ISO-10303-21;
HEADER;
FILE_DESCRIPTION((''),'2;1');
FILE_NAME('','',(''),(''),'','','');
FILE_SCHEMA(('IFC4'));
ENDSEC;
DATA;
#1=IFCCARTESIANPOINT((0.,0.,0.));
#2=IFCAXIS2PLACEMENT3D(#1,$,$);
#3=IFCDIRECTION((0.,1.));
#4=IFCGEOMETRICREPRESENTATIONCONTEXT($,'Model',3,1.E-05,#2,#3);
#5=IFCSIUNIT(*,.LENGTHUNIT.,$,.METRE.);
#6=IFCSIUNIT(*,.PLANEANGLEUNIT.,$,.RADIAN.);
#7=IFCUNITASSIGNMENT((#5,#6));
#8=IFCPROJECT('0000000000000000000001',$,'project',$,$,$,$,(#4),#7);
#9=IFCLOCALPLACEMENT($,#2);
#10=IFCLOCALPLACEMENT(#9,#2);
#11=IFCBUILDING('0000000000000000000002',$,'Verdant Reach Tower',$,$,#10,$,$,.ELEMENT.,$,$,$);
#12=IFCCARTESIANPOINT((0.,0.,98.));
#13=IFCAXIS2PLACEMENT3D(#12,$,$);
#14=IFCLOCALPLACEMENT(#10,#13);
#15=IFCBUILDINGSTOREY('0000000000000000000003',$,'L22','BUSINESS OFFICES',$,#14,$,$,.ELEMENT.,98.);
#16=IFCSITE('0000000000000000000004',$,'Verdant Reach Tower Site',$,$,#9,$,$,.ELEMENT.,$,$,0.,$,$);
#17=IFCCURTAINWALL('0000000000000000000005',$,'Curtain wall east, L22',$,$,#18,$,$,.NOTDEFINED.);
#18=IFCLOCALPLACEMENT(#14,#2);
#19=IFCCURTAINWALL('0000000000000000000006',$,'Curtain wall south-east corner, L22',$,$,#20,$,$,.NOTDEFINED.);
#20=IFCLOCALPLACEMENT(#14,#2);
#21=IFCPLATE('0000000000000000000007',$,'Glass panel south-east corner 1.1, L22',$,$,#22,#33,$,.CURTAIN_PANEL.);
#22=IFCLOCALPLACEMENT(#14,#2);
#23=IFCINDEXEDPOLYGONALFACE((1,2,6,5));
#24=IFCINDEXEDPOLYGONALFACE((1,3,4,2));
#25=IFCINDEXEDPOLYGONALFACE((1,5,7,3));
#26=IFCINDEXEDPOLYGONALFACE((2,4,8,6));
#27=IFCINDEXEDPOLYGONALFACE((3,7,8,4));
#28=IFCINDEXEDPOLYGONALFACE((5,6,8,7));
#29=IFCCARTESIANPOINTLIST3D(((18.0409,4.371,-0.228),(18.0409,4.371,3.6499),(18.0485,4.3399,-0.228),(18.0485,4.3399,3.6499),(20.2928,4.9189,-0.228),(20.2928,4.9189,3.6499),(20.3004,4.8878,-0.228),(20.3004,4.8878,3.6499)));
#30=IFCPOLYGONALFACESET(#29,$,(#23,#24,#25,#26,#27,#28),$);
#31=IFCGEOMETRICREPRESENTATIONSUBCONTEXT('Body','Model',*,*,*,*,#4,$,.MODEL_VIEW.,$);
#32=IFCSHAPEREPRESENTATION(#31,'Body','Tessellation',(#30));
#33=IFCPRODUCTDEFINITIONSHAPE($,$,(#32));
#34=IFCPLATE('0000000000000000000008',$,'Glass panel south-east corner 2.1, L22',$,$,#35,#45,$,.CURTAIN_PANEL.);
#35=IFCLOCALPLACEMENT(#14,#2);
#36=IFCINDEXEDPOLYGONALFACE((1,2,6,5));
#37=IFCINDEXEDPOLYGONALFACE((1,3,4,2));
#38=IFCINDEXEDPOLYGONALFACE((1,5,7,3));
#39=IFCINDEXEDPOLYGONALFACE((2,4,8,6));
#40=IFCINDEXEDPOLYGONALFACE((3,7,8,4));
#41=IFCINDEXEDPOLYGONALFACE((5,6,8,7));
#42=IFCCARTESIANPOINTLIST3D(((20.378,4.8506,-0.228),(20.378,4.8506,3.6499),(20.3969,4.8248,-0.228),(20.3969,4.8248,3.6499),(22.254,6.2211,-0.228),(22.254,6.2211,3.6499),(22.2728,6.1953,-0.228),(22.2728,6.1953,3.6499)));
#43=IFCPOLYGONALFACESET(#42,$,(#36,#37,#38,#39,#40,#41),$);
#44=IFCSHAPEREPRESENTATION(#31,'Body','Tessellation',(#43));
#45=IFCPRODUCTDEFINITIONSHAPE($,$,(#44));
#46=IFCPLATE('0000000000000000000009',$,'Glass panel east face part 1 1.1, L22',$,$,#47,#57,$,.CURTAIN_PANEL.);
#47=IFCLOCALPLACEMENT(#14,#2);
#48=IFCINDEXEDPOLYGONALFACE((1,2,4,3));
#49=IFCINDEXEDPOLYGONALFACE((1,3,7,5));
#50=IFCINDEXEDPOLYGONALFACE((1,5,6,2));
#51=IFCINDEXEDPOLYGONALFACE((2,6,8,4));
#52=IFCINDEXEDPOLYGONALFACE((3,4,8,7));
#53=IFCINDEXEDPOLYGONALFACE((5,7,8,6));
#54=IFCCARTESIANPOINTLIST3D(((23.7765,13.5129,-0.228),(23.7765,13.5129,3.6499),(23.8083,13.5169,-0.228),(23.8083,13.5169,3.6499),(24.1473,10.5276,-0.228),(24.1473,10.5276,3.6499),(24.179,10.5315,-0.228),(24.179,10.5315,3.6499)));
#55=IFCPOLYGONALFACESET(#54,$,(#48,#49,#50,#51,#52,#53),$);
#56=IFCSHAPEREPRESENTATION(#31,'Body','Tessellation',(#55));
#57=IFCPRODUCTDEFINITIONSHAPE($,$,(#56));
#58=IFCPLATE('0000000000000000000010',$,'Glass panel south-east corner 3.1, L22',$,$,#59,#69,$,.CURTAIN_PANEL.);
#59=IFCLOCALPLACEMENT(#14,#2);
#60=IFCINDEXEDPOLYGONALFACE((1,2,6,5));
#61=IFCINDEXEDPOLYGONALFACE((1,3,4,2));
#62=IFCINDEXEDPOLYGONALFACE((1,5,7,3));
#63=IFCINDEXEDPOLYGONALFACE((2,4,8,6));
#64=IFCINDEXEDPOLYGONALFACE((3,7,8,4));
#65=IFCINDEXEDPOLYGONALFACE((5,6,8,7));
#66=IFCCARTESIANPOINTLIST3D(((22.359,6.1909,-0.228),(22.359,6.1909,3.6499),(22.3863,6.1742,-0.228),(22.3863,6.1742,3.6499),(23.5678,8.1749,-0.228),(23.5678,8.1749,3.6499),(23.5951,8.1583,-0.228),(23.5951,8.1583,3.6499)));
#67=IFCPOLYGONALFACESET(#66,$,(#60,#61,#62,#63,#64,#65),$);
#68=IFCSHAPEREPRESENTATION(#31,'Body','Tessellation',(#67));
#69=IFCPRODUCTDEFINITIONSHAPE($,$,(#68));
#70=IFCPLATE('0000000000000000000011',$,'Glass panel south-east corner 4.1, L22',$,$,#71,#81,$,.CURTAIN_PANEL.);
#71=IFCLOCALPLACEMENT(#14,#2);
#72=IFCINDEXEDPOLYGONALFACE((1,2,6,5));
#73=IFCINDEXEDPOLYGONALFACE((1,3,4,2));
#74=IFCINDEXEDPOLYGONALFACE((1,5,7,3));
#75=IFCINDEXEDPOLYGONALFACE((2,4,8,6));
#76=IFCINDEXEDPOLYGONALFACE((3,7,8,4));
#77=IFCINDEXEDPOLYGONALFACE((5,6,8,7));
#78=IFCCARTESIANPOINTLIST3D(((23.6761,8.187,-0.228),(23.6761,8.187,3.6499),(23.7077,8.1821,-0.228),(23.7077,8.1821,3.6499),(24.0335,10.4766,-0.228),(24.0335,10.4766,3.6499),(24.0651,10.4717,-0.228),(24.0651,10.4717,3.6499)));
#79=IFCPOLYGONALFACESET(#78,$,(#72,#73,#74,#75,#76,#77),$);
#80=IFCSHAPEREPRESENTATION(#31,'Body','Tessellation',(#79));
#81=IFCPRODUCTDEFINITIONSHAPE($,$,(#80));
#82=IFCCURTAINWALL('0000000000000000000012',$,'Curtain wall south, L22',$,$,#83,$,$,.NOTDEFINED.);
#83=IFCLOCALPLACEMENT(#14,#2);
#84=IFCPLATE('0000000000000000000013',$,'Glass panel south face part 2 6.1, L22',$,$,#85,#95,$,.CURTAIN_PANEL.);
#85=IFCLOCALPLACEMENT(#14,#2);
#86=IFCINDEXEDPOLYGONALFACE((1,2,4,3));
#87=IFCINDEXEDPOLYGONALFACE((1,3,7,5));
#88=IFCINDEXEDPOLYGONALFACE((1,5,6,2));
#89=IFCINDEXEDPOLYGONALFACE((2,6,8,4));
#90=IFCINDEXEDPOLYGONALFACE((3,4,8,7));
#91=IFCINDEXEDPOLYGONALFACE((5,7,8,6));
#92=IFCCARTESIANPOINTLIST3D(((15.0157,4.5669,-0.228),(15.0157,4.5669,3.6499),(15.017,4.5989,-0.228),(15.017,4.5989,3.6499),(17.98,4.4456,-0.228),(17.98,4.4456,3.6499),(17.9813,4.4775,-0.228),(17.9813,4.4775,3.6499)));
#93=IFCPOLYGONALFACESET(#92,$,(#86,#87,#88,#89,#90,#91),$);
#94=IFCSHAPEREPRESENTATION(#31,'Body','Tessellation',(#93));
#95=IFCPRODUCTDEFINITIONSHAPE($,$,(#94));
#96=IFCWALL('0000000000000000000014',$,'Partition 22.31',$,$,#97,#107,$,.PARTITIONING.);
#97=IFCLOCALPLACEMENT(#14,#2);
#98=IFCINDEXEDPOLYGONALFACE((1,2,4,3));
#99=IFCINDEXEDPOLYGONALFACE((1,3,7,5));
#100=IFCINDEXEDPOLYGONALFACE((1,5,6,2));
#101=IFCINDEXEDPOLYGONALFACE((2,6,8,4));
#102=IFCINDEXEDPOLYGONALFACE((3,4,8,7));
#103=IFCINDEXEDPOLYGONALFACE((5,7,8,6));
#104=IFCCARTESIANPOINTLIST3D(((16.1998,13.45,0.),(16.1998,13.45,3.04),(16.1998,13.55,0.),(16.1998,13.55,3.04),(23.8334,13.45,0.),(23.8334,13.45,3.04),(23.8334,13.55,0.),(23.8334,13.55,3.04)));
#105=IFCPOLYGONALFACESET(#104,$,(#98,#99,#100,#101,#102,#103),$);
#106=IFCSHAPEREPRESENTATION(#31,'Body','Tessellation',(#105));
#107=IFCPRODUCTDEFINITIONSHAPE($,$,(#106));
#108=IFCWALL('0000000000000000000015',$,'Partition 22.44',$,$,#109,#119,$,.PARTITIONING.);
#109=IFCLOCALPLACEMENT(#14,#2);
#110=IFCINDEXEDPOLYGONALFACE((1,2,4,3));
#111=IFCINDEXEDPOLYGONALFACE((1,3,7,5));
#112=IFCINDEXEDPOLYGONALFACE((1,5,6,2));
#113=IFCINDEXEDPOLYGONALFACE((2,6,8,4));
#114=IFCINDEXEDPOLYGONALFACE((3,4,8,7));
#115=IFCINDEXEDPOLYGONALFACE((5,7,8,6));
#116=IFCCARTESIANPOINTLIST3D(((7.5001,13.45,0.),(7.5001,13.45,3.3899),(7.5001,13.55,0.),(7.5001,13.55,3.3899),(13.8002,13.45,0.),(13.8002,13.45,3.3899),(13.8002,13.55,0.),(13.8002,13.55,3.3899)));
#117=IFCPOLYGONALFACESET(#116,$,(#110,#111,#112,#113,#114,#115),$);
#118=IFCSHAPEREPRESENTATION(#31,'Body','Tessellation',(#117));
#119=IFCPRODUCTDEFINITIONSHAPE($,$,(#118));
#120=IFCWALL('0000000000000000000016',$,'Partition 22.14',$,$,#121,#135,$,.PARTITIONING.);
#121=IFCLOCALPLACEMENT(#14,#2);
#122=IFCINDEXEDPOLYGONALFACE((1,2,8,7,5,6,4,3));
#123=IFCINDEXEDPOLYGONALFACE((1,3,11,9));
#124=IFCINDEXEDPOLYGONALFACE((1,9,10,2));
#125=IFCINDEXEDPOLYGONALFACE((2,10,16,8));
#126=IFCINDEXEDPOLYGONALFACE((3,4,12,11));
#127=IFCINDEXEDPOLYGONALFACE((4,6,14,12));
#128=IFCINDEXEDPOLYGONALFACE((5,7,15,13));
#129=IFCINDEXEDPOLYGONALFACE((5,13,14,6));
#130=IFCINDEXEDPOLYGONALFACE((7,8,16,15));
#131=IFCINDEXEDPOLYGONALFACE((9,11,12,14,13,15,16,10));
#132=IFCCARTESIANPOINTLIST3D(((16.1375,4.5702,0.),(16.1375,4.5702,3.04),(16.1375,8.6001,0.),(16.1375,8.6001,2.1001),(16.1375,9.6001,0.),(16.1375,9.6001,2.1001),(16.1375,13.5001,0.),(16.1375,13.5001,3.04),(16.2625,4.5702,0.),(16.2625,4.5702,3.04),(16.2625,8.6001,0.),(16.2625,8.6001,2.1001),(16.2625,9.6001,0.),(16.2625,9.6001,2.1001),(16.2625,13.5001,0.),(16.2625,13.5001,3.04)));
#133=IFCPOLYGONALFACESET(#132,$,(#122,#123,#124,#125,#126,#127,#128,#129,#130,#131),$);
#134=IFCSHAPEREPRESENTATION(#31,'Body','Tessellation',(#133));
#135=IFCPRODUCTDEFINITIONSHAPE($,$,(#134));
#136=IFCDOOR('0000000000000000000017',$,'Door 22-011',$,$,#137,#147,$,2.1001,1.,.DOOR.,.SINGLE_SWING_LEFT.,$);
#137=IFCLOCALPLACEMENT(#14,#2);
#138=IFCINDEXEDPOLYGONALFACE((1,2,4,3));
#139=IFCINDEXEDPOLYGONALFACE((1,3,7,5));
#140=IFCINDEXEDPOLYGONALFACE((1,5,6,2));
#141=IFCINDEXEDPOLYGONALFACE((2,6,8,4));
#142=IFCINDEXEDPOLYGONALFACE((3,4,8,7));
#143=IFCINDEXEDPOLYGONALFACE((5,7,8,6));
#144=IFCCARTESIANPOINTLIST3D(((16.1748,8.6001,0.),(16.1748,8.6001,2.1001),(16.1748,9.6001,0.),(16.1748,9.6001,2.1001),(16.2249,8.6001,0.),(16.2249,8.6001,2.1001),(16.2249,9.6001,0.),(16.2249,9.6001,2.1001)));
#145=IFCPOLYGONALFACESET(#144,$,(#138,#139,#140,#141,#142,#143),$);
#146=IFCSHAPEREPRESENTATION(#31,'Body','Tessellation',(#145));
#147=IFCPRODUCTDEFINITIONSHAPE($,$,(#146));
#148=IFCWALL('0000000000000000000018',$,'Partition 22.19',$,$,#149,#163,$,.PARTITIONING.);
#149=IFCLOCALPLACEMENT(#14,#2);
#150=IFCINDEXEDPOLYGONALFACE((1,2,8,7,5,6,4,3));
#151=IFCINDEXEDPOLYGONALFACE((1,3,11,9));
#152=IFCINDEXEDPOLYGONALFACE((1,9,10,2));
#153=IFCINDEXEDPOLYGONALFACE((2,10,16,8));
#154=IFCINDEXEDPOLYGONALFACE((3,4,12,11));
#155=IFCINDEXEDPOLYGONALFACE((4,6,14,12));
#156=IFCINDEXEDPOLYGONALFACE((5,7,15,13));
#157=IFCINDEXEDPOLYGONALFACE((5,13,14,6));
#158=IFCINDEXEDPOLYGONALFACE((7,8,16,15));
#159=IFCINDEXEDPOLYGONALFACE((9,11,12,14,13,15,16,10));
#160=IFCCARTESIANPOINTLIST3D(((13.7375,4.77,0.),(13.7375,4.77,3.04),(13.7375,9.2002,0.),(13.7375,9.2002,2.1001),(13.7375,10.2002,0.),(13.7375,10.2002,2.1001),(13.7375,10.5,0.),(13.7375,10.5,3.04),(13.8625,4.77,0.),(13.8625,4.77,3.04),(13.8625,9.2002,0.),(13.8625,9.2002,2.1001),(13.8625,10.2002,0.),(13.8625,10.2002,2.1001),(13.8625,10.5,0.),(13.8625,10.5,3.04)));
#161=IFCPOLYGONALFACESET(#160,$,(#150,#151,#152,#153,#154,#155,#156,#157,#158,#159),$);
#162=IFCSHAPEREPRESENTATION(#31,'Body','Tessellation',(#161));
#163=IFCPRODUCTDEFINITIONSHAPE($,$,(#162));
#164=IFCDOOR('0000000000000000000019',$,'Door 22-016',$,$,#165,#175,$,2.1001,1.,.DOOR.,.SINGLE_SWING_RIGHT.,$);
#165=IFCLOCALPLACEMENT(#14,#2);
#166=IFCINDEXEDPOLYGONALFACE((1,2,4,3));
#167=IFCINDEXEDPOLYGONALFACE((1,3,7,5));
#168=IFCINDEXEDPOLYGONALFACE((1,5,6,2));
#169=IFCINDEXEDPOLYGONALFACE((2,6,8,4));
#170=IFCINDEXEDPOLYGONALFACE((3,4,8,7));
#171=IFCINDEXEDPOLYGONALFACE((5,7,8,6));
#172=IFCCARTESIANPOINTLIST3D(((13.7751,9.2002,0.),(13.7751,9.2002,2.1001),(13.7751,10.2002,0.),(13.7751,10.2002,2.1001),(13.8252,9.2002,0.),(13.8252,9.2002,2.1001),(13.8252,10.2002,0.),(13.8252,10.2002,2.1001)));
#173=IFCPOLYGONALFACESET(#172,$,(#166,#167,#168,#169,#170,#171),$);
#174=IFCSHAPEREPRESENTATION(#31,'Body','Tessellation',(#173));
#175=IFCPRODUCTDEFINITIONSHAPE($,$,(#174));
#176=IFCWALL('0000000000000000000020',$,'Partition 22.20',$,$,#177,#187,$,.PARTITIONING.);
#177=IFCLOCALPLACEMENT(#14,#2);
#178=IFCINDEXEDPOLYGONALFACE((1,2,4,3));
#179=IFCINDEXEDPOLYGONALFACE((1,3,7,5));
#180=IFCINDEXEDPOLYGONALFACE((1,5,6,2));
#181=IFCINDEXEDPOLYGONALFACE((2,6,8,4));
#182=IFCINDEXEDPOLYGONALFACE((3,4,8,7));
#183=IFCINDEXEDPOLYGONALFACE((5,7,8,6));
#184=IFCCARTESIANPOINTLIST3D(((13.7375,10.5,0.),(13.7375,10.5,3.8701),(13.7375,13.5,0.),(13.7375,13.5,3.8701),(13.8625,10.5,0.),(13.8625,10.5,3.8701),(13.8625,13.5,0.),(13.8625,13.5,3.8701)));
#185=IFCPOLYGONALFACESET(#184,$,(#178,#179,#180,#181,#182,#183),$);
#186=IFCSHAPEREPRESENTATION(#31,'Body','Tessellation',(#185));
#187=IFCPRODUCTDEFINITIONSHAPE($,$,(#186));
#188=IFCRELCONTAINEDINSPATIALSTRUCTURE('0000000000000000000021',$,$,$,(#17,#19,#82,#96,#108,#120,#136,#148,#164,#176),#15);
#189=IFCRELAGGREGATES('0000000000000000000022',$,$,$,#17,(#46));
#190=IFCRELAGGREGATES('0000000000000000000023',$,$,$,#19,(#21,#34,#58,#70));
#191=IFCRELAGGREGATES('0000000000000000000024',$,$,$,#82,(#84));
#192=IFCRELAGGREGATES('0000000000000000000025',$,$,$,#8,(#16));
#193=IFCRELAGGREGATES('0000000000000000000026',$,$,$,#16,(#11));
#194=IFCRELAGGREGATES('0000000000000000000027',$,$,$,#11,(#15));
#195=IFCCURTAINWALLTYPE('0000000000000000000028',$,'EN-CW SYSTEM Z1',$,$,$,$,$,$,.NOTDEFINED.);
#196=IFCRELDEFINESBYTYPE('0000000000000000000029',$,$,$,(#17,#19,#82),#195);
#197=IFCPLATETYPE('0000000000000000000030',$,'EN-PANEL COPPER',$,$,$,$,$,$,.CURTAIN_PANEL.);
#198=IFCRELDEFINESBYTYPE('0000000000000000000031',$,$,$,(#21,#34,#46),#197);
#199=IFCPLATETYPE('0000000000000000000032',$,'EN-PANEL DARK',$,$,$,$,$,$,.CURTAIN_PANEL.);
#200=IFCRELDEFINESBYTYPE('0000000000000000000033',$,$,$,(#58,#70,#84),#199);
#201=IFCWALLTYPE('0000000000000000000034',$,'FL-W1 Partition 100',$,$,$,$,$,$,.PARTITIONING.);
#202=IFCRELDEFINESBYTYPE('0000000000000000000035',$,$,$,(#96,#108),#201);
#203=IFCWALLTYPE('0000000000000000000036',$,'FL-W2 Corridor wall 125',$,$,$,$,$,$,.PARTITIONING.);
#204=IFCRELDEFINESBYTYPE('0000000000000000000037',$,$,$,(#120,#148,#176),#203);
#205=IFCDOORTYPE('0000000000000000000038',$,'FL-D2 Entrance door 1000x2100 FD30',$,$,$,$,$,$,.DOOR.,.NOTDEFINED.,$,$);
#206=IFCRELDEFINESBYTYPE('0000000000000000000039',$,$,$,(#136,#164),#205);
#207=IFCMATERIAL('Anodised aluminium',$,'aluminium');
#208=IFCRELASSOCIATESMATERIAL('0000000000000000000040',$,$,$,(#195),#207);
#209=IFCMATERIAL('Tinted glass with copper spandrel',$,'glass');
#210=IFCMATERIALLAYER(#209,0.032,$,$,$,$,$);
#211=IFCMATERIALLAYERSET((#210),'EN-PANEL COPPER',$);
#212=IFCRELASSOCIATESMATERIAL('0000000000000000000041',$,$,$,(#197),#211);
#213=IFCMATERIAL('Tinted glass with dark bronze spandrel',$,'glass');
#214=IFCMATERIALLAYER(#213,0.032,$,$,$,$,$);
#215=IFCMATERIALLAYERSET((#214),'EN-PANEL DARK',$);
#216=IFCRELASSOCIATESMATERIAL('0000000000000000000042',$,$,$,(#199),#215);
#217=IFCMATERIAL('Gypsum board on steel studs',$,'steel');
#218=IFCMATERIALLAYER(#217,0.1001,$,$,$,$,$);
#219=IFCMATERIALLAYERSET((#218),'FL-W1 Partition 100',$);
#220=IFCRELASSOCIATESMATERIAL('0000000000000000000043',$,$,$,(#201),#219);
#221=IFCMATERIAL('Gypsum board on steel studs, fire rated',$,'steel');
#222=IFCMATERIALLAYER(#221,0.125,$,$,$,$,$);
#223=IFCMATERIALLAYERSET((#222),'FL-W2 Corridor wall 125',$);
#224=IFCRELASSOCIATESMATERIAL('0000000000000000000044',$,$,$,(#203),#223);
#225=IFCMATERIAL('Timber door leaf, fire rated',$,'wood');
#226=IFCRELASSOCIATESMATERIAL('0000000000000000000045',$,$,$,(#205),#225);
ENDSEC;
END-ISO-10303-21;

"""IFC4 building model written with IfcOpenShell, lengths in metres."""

from ifc_helpers import new_model, si_unit, direction, frame, frame_2d, origin, origin_2d, place, context, subcontext, project, spatial, rectangle, extrude, material, layer, layer_set, type_object, element, fill, aggregate, save


model = new_model("IFC4")

# Units and contexts
model_context = context("Model", 3, precision=1e-05, world=origin(), true_north=direction((0.0, 1.0)))
body_context = subcontext(model_context, "Body", "Model", "MODEL_VIEW")
ifc_project = project(units=[si_unit("LENGTHUNIT", "METRE"), si_unit("PLANEANGLEUNIT", "RADIAN")], contexts=[model_context])

# Site, building, storey
site_placement = place(None, origin())
site = spatial("IfcSite", under=ifc_project, at=site_placement, Name="Verdant Reach Tower Site", CompositionType="ELEMENT", RefElevation=0.0)
building_placement = place(site_placement, origin())
building = spatial("IfcBuilding", under=site, at=building_placement, Name="Verdant Reach Tower", CompositionType="ELEMENT")
storey_placement = place(building_placement, frame((0.0, 0.0, 98.0)))
storey = spatial("IfcBuildingStorey", under=building, at=storey_placement, Name="L22", Description="BUSINESS OFFICES", CompositionType="ELEMENT", Elevation=98.0)

# Curtain wall
ifc_material_1 = material(Name="Anodised aluminium", Category="aluminium")
curtain_wall_type = type_object("IfcCurtainWallType", Name="EN-CW SYSTEM Z1", PredefinedType="NOTDEFINED", material=ifc_material_1)
curtain_wall_1_placement = place(storey_placement, origin())
curtain_wall_1 = element("IfcCurtainWall", 1, at=curtain_wall_1_placement, inside=storey, type_object=curtain_wall_type, Name="Curtain wall east, L22", PredefinedType="NOTDEFINED")

# Curtain wall, plates
curtain_wall_2_placement = place(storey_placement, origin())
curtain_wall_2 = element("IfcCurtainWall", 2, at=curtain_wall_2_placement, inside=storey, type_object=curtain_wall_type, Name="Curtain wall south-east corner, L22", PredefinedType="NOTDEFINED")
ifc_material_2 = material(Name="Tinted glass with copper spandrel", Category="glass")
ifc_layer_1 = layer(ifc_material_2, 0.032)
ifc_layer_set_1 = layer_set([ifc_layer_1], Name="EN-PANEL COPPER")
plate_type_1 = type_object("IfcPlateType", Name="EN-PANEL COPPER", PredefinedType="CURTAIN_PANEL", material=ifc_layer_set_1)
plate_1_placement = place(storey_placement, frame((19.1707, 4.6294, -0.228), z_axis=(0.0, 0.0, 1.0), x_axis=(0.971661, 0.23638, 0.0)))
plate_1 = element("IfcPlate", 3, at=plate_1_placement, type_object=plate_type_1, Name="Glass panel south-east corner 1.1, L22", PredefinedType="CURTAIN_PANEL", context=body_context, shape_type="SweptSolid", body=[
    extrude(rectangle(XDim=2.3176, YDim=0.032, at=origin_2d()), origin(), (0.0, 0.0, 1.0), 3.8779),
])
plate_2_placement = place(storey_placement, frame((21.3254, 5.5229, -0.228), z_axis=(0.0, 0.0, 1.0), x_axis=(0.807457, 0.589927, 0.0)))
plate_2 = element("IfcPlate", 4, at=plate_2_placement, type_object=plate_type_1, Name="Glass panel south-east corner 2.1, L22", PredefinedType="CURTAIN_PANEL", context=body_context, shape_type="SweptSolid", body=[
    extrude(rectangle(XDim=2.3232, YDim=0.032, at=origin_2d()), origin(), (0.0, 0.0, 1.0), 3.8779),
])

# Plates
plate_3_placement = place(storey_placement, frame((23.9778, 12.0222, -0.228), z_axis=(0.0, 0.0, 1.0), x_axis=(-0.123256, 0.992375, 0.0)))
plate_3 = element("IfcPlate", 5, at=plate_3_placement, type_object=plate_type_1, Name="Glass panel east face part 1 1.1, L22", PredefinedType="CURTAIN_PANEL", context=body_context, shape_type="SweptSolid", body=[
    extrude(rectangle(XDim=3.0083, YDim=0.032, at=origin_2d()), origin(), (0.0, 0.0, 1.0), 3.8779),
])
aggregate(curtain_wall_1, [plate_3])
ifc_material_3 = material(Name="Tinted glass with dark bronze spandrel", Category="glass")
ifc_layer_2 = layer(ifc_material_3, 0.032)
ifc_layer_set_2 = layer_set([ifc_layer_2], Name="EN-PANEL DARK")
plate_type_2 = type_object("IfcPlateType", Name="EN-PANEL DARK", PredefinedType="CURTAIN_PANEL", material=ifc_layer_set_2)
plate_4_placement = place(storey_placement, frame((22.9771, 7.1746, -0.228), z_axis=(0.0, 0.0, 1.0), x_axis=(0.520292, 0.853989, 0.0)))
plate_4 = element("IfcPlate", 6, at=plate_4_placement, type_object=plate_type_2, Name="Glass panel south-east corner 3.1, L22", PredefinedType="CURTAIN_PANEL", context=body_context, shape_type="SweptSolid", body=[
    extrude(rectangle(XDim=2.3232, YDim=0.032, at=origin_2d()), origin(), (0.0, 0.0, 1.0), 3.8779),
])
plate_5_placement = place(storey_placement, frame((23.8706, 9.3293, -0.228), z_axis=(0.0, 0.0, 1.0), x_axis=(0.154248, 0.988032, 0.0)))
plate_5 = element("IfcPlate", 7, at=plate_5_placement, type_object=plate_type_2, Name="Glass panel south-east corner 4.1, L22", PredefinedType="CURTAIN_PANEL", context=body_context, shape_type="SweptSolid", body=[
    extrude(rectangle(XDim=2.3174, YDim=0.032, at=origin_2d()), origin(), (0.0, 0.0, 1.0), 3.8779),
])
aggregate(curtain_wall_2, [plate_1, plate_2, plate_4, plate_5])

# Curtain wall, plate
curtain_wall_3_placement = place(storey_placement, origin())
curtain_wall_3 = element("IfcCurtainWall", 8, at=curtain_wall_3_placement, inside=storey, type_object=curtain_wall_type, Name="Curtain wall south, L22", PredefinedType="NOTDEFINED")
plate_6_placement = place(storey_placement, frame((16.4985, 4.5222, -0.228), z_axis=(0.0, 0.0, 1.0), x_axis=(0.999163, -0.04091, 0.0)))
plate_6 = element("IfcPlate", 9, at=plate_6_placement, type_object=plate_type_2, Name="Glass panel south face part 2 6.1, L22", PredefinedType="CURTAIN_PANEL", context=body_context, shape_type="SweptSolid", body=[
    extrude(rectangle(XDim=2.9668, YDim=0.032, at=origin_2d()), origin(), (0.0, 0.0, 1.0), 3.8779),
])
aggregate(curtain_wall_3, [plate_6])

# Walls
ifc_material_4 = material(Name="Gypsum board on steel studs", Category="steel")
ifc_layer_3 = layer(ifc_material_4, 0.1001)
ifc_layer_set_3 = layer_set([ifc_layer_3], Name="FL-W1 Partition 100")
wall_type_1 = type_object("IfcWallType", Name="FL-W1 Partition 100", PredefinedType="PARTITIONING", material=ifc_layer_set_3)
wall_1_placement = place(storey_placement, frame((23.8335, 13.5, 0.0), z_axis=(0.0, 0.0, 1.0), x_axis=(-1.0, 0.0, 0.0)))
element("IfcWall", 10, at=wall_1_placement, inside=storey, type_object=wall_type_1, Name="Partition 22.31", PredefinedType="PARTITIONING", context=body_context, shape_type="SweptSolid", body=[
    extrude(rectangle(XDim=7.6335, YDim=0.1001, at=frame_2d((3.8169, 0.0))), origin(), (0.0, 0.0, 1.0), 3.04),
])
wall_2_placement = place(storey_placement, frame((13.8, 13.5, 0.0), z_axis=(0.0, 0.0, 1.0), x_axis=(-1.0, 0.0, 0.0)))
element("IfcWall", 11, at=wall_2_placement, inside=storey, type_object=wall_type_1, Name="Partition 22.44", PredefinedType="PARTITIONING", context=body_context, shape_type="SweptSolid", body=[
    extrude(rectangle(XDim=6.3, YDim=0.1001, at=frame_2d((3.1499, 0.0))), origin(), (0.0, 0.0, 1.0), 3.3899),
])

# Walls, openings, doors
ifc_material_5 = material(Name="Gypsum board on steel studs, fire rated", Category="steel")
ifc_layer_4 = layer(ifc_material_5, 0.125)
ifc_layer_set_4 = layer_set([ifc_layer_4], Name="FL-W2 Corridor wall 125")
wall_type_2 = type_object("IfcWallType", Name="FL-W2 Corridor wall 125", PredefinedType="PARTITIONING", material=ifc_layer_set_4)
wall_3_placement = place(storey_placement, frame((16.2, 13.5, 0.0), z_axis=(0.0, 0.0, 1.0), x_axis=(0.0, -1.0, 0.0)))
wall_3 = element("IfcWall", 12, at=wall_3_placement, inside=storey, type_object=wall_type_2, Name="Partition 22.14", PredefinedType="PARTITIONING", context=body_context, shape_type="SweptSolid", body=[
    extrude(rectangle(XDim=8.9299, YDim=0.125, at=frame_2d((4.4648, 0.0))), origin(), (0.0, 0.0, 1.0), 3.04),
])
opening_1_placement = place(wall_3_placement, frame((3.8999, 0.0, 0.0)))
opening_1 = element("IfcOpeningElement", 13, at=opening_1_placement, cuts=wall_3, PredefinedType="OPENING", context=body_context, shape_type="SweptSolid", body=[
    extrude(rectangle(XDim=1.0, YDim=2.1001, at=frame_2d((0.5, 1.05))), frame((0.0, 0.0725, 0.0), z_axis=(0.0, -1.0, 0.0), x_axis=(1.0, 0.0, 0.0)), (0.0, 0.0, 1.0), 0.145),
])
ifc_material_6 = material(Name="Timber door leaf, fire rated", Category="wood")
door_type = type_object("IfcDoorType", Name="FL-D2 Entrance door 1000x2100 FD30", OperationType="NOTDEFINED", PredefinedType="DOOR", material=ifc_material_6)
door_1_placement = place(opening_1_placement, origin())
door_1 = element("IfcDoor", 14, at=door_1_placement, inside=storey, type_object=door_type, Name="Door 22-011", OperationType="SINGLE_SWING_LEFT", OverallHeight=2.1001, OverallWidth=1.0, PredefinedType="DOOR", context=body_context, shape_type="SweptSolid", body=[
    extrude(rectangle(XDim=1.0, YDim=2.1001, at=frame_2d((0.5, 1.05))), frame((0.0, 0.0249, 0.0), z_axis=(0.0, -1.0, 0.0), x_axis=(1.0, 0.0, 0.0)), (0.0, 0.0, 1.0), 0.05),
])
fill(opening_1, door_1)
wall_4_placement = place(storey_placement, frame((13.8, 4.77, 0.0), z_axis=(0.0, 0.0, 1.0), x_axis=(0.0, 1.0, 0.0)))
wall_4 = element("IfcWall", 15, at=wall_4_placement, inside=storey, type_object=wall_type_2, Name="Partition 22.19", PredefinedType="PARTITIONING", context=body_context, shape_type="SweptSolid", body=[
    extrude(rectangle(XDim=5.73, YDim=0.125, at=frame_2d((2.865, 0.0))), origin(), (0.0, 0.0, 1.0), 3.04),
])
opening_2_placement = place(wall_4_placement, frame((4.4302, 0.0, 0.0)))
opening_2 = element("IfcOpeningElement", 16, at=opening_2_placement, cuts=wall_4, PredefinedType="OPENING", context=body_context, shape_type="SweptSolid", body=[
    extrude(rectangle(XDim=1.0, YDim=2.1001, at=frame_2d((0.5, 1.05))), frame((0.0, 0.0725, 0.0), z_axis=(0.0, -1.0, 0.0), x_axis=(1.0, 0.0, 0.0)), (0.0, 0.0, 1.0), 0.145),
])
door_2_placement = place(opening_2_placement, origin())
door_2 = element("IfcDoor", 17, at=door_2_placement, inside=storey, type_object=door_type, Name="Door 22-016", OperationType="SINGLE_SWING_RIGHT", OverallHeight=2.1001, OverallWidth=1.0, PredefinedType="DOOR", context=body_context, shape_type="SweptSolid", body=[
    extrude(rectangle(XDim=1.0, YDim=2.1001, at=frame_2d((0.5, 1.05))), frame((0.0, 0.0249, 0.0), z_axis=(0.0, -1.0, 0.0), x_axis=(1.0, 0.0, 0.0)), (0.0, 0.0, 1.0), 0.05),
])
fill(opening_2, door_2)

# Wall
wall_5_placement = place(storey_placement, frame((13.8, 13.5, 0.0), z_axis=(0.0, 0.0, 1.0), x_axis=(0.0, -1.0, 0.0)))
element("IfcWall", 18, at=wall_5_placement, inside=storey, type_object=wall_type_2, Name="Partition 22.20", PredefinedType="PARTITIONING", context=body_context, shape_type="SweptSolid", body=[
    extrude(rectangle(XDim=3.0, YDim=0.125, at=frame_2d((1.5, 0.0))), origin(), (0.0, 0.0, 1.0), 3.8701),
])

save(model, "model.ifc")
